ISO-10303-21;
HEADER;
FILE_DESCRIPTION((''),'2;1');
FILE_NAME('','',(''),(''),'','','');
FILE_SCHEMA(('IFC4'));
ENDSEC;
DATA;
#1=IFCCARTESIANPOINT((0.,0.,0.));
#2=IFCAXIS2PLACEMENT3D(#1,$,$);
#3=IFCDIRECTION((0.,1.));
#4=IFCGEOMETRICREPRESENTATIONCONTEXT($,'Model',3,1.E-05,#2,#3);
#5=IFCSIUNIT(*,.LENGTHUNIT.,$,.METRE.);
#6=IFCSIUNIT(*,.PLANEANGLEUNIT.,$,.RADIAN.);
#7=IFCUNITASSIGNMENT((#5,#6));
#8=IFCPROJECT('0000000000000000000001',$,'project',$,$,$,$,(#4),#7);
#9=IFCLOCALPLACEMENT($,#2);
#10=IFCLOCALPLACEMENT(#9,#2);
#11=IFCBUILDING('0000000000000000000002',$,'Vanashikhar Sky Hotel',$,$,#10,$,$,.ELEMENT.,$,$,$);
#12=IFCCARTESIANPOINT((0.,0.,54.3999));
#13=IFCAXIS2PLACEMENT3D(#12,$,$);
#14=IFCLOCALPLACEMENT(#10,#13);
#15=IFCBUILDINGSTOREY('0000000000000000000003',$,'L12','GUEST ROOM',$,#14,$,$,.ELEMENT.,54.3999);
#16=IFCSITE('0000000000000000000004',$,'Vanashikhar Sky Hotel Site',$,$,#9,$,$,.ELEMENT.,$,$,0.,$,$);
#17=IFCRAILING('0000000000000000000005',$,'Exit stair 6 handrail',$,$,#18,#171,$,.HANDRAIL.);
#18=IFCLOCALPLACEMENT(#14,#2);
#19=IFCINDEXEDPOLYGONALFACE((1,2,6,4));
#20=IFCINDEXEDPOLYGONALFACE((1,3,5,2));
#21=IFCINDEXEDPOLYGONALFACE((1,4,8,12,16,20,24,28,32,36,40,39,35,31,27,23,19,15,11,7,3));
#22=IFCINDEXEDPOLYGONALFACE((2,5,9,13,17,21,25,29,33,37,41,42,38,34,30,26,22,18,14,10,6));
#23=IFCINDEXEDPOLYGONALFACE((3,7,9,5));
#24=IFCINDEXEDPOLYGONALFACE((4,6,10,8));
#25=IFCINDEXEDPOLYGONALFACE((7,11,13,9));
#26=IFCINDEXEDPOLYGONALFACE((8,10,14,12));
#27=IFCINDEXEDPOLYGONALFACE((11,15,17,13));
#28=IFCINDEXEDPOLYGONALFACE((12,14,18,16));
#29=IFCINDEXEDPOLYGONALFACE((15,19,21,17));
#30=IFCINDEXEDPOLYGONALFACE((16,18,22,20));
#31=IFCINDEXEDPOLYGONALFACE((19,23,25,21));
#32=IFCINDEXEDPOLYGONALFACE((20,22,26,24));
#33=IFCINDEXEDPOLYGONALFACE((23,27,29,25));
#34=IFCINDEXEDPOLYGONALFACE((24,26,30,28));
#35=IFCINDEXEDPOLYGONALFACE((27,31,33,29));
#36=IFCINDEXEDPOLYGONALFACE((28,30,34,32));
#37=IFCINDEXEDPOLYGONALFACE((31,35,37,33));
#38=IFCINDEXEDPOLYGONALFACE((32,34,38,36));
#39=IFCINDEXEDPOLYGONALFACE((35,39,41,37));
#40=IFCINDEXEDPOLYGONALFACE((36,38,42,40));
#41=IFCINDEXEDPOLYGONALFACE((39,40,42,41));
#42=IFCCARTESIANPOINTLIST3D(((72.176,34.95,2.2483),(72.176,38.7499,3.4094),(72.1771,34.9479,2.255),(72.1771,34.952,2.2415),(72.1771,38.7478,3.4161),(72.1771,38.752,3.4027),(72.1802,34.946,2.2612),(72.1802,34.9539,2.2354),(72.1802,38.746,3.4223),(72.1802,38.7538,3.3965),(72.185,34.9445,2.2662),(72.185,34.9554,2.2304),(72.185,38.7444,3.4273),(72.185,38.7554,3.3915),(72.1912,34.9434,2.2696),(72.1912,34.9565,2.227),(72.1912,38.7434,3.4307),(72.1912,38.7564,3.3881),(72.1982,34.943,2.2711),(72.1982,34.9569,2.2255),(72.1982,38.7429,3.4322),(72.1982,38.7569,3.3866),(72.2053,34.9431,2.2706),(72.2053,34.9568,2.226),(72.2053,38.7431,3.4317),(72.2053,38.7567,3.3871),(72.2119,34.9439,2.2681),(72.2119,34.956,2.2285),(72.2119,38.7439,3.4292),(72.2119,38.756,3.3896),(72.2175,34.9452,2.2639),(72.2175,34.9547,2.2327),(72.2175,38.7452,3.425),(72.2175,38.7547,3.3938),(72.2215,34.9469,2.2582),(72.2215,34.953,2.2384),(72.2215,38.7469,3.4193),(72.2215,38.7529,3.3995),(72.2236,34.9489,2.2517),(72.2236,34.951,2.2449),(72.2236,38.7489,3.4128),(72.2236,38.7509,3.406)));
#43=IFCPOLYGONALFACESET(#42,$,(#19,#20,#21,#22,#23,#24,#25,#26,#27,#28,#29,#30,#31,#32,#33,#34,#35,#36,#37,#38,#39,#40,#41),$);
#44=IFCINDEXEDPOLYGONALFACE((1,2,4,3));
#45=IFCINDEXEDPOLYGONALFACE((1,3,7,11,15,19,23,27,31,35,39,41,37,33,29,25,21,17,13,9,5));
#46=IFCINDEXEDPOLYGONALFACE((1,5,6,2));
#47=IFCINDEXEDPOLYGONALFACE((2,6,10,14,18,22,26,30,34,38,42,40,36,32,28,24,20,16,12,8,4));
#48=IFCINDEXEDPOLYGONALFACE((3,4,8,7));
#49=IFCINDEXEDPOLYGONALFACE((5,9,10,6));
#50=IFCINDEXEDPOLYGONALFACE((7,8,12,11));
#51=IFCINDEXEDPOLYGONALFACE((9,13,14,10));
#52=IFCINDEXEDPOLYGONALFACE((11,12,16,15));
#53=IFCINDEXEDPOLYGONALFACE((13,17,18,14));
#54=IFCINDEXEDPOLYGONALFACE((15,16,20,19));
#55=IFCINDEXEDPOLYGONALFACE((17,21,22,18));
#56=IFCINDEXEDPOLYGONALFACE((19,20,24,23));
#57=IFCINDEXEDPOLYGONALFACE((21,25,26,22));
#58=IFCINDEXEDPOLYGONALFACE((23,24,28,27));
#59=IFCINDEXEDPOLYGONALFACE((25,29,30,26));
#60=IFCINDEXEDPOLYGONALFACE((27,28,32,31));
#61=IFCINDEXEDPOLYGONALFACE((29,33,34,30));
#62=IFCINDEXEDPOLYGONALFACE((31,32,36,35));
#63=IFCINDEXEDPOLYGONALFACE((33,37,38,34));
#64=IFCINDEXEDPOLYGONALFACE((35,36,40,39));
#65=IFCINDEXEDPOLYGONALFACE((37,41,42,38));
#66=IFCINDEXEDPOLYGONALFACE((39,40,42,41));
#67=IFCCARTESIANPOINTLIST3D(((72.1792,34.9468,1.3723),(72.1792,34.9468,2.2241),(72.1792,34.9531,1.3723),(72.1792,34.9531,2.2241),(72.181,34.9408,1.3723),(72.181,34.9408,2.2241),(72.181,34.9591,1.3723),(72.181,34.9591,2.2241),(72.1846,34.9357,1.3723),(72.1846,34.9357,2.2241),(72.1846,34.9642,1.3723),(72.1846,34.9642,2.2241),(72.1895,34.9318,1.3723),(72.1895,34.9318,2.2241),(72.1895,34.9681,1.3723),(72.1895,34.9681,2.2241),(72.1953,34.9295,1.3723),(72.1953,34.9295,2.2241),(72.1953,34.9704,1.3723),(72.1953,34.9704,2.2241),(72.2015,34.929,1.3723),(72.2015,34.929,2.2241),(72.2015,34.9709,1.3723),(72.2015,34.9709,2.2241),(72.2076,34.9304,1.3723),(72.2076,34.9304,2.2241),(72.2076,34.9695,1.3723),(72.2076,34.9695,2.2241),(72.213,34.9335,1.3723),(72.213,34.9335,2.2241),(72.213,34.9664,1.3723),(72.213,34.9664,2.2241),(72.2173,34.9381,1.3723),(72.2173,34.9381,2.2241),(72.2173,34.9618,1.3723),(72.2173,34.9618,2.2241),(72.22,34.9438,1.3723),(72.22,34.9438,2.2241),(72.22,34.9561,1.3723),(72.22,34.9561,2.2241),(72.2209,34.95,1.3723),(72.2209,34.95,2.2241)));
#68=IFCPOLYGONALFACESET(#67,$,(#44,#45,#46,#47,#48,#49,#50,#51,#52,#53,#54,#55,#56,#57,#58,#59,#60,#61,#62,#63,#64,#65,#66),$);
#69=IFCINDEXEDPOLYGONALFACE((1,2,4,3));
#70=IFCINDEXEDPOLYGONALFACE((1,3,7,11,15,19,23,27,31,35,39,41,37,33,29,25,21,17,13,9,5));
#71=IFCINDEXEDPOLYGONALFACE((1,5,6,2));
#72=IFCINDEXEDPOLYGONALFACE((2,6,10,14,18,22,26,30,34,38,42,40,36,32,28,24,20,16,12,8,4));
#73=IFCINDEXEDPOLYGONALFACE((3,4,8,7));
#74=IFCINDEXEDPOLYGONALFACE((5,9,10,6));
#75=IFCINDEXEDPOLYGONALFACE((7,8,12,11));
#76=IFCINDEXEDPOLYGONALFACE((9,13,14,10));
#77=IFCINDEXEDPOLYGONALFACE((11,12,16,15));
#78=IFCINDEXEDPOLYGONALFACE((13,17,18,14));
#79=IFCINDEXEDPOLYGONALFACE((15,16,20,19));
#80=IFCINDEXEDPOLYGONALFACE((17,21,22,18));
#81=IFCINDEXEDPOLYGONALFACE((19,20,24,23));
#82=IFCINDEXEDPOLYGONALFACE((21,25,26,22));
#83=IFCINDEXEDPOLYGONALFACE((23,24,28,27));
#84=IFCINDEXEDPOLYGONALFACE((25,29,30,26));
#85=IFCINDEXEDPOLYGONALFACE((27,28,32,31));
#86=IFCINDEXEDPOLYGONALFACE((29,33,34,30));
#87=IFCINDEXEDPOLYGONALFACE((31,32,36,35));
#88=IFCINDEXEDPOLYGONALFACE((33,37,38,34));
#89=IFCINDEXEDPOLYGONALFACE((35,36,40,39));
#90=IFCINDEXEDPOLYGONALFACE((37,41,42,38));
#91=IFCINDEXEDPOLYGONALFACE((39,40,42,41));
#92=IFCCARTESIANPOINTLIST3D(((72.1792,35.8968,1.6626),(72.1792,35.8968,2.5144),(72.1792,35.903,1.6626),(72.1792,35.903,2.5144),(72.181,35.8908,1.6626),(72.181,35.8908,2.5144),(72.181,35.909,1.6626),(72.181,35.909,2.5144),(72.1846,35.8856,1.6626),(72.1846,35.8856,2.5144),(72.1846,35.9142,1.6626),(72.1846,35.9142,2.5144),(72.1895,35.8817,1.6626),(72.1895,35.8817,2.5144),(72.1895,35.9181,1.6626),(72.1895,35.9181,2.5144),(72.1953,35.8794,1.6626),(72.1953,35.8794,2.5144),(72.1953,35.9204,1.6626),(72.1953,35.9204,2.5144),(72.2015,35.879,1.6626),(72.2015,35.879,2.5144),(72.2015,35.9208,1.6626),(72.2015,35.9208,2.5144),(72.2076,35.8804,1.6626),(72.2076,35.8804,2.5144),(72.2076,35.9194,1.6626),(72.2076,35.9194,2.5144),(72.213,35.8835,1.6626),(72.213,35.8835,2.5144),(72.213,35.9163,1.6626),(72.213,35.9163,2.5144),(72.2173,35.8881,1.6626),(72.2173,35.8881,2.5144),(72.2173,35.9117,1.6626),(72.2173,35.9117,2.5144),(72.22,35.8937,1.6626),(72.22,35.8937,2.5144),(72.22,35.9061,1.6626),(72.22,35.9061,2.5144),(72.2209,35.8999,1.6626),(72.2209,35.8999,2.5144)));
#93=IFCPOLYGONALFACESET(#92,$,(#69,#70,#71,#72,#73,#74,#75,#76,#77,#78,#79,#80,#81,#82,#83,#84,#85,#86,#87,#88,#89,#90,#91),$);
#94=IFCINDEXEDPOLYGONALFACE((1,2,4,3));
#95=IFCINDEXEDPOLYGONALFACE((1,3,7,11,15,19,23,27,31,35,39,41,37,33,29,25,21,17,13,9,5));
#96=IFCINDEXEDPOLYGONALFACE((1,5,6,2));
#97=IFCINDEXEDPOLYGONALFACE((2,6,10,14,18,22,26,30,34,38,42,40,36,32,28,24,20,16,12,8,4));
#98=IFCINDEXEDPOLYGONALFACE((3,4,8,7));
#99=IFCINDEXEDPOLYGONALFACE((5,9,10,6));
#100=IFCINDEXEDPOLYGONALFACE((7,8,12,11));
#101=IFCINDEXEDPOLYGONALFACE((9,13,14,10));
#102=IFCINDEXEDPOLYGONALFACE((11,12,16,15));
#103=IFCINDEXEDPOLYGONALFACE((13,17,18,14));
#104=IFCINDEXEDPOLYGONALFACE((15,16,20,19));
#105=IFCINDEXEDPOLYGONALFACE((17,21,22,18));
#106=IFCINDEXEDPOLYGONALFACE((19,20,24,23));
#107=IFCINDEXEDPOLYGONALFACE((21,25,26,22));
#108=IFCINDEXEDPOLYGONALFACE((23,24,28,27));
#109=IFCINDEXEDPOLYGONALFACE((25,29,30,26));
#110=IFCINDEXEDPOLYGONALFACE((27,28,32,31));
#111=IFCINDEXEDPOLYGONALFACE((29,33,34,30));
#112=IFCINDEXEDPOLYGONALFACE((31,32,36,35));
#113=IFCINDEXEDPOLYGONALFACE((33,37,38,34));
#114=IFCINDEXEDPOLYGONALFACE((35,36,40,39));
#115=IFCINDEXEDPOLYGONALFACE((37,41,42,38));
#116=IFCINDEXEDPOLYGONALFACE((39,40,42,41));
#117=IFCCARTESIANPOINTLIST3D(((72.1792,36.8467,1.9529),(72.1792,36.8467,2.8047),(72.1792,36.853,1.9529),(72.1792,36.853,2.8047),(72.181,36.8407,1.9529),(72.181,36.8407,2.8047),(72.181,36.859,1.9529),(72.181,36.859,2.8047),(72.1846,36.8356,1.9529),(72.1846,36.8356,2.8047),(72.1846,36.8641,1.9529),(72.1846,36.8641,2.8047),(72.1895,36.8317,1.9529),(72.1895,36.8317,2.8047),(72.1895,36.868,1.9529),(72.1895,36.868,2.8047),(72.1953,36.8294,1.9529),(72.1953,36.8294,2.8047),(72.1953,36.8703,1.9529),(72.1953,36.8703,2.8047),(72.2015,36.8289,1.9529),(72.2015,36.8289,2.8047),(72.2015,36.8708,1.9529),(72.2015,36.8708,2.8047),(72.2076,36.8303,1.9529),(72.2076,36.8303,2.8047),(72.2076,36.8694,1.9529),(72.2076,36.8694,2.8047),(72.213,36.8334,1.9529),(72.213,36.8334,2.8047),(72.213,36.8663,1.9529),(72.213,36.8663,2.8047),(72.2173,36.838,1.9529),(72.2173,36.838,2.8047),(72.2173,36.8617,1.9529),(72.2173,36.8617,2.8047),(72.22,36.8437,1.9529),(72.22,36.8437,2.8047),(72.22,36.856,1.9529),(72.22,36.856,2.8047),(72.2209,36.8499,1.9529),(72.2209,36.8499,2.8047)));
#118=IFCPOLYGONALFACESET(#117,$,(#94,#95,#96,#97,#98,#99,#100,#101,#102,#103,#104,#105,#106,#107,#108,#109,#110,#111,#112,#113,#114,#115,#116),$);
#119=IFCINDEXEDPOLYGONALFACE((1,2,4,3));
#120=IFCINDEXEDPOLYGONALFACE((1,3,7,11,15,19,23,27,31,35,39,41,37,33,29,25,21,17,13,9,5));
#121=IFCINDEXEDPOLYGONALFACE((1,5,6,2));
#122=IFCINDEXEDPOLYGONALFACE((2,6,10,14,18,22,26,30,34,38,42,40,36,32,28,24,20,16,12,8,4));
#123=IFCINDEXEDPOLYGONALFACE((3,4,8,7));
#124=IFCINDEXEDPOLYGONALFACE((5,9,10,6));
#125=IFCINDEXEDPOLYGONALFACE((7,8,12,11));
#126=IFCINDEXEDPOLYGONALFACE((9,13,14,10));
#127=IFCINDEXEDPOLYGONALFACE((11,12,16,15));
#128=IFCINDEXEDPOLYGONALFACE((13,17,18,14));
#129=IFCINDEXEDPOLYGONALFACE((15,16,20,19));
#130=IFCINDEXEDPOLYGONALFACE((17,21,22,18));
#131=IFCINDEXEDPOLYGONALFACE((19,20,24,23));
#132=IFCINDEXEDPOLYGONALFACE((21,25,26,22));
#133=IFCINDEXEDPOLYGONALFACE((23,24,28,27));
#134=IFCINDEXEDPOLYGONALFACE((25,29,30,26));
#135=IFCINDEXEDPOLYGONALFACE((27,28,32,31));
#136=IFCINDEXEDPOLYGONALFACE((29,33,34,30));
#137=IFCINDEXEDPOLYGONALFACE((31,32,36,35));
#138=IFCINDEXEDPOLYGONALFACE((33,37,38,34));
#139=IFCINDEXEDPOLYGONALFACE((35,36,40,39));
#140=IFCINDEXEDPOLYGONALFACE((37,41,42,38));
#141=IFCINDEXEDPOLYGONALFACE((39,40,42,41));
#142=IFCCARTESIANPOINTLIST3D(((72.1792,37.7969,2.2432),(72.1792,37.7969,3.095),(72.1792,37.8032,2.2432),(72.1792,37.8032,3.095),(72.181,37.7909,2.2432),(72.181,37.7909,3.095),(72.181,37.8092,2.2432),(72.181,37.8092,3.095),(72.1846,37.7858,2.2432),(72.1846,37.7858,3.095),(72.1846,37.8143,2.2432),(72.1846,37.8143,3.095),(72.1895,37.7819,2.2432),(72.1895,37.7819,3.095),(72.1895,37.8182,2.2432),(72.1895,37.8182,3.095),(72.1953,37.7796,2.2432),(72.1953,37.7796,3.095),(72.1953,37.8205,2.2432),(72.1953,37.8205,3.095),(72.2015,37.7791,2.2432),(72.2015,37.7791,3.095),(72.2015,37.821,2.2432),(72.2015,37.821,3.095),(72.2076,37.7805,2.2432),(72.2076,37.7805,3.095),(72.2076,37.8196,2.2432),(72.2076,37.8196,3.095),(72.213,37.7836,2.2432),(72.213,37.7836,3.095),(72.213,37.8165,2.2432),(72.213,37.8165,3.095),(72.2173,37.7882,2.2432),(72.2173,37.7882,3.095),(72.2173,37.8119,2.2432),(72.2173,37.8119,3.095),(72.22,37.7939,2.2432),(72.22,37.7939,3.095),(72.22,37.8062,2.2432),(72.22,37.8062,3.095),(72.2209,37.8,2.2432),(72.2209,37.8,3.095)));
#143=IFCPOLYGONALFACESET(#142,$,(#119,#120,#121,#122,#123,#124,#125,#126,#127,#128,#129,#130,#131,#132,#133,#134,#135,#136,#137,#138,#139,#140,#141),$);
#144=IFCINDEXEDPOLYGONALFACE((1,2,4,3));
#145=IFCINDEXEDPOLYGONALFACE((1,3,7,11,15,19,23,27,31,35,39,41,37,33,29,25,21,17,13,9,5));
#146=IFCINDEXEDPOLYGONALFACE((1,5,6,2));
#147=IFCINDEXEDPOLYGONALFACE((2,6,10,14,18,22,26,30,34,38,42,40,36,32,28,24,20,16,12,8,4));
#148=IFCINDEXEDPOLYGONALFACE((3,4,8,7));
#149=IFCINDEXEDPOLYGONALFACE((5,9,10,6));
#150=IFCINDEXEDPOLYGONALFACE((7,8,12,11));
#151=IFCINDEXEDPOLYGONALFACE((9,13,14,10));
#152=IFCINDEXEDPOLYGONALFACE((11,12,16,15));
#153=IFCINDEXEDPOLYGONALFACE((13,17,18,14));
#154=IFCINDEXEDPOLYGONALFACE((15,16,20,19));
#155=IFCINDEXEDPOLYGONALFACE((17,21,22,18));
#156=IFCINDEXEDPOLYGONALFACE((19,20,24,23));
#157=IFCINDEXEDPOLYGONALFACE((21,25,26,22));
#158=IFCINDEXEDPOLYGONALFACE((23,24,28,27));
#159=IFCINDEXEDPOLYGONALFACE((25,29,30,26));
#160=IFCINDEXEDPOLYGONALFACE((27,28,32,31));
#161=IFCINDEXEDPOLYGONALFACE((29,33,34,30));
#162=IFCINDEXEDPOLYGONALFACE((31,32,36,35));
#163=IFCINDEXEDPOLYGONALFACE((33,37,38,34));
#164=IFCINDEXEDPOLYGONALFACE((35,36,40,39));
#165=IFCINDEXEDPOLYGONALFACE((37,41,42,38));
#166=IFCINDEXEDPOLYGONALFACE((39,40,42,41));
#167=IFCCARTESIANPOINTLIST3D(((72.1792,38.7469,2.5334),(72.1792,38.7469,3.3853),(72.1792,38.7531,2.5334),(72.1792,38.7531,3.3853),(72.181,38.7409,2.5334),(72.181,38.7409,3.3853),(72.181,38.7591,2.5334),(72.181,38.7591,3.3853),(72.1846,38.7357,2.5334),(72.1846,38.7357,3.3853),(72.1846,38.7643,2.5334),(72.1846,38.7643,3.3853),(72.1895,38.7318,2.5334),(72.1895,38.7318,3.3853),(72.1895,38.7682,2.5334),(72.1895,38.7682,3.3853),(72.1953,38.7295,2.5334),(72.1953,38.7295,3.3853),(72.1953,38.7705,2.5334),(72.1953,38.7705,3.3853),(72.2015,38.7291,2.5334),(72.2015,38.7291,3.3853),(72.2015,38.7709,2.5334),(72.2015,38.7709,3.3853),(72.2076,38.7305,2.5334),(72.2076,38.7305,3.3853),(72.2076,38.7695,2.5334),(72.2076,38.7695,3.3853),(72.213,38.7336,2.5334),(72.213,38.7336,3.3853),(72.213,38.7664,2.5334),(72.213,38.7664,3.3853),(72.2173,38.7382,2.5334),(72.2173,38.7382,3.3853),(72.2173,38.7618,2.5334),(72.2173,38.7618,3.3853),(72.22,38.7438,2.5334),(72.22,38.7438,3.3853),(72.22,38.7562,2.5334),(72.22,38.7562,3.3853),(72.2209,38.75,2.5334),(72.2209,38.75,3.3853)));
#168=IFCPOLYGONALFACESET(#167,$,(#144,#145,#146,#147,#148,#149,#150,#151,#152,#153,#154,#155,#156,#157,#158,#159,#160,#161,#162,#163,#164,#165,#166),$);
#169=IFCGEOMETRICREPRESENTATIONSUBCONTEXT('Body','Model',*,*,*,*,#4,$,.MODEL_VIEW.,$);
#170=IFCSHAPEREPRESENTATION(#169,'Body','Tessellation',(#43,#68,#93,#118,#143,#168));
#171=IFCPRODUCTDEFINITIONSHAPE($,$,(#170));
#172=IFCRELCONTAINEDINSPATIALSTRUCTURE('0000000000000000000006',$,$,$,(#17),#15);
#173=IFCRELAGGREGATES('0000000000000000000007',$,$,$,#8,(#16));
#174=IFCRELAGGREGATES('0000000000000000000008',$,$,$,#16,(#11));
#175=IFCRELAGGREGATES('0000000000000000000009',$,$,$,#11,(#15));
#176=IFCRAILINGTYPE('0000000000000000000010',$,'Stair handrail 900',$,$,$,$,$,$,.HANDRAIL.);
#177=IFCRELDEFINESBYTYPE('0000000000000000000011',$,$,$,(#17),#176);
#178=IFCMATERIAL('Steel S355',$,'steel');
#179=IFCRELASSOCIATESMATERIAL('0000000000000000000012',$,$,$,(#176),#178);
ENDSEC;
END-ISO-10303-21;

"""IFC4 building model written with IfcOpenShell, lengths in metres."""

from ifc_helpers import new_model, si_unit, direction, frame, origin, origin_2d, place, context, subcontext, project, spatial, circle, extrude, source, transform, mapped, material, type_object, element, save


model = new_model("IFC4")

# Units and contexts
model_context = context("Model", 3, precision=1e-05, world=origin(), true_north=direction((0.0, 1.0)))
body_context = subcontext(model_context, "Body", "Model", "MODEL_VIEW")
ifc_project = project(units=[si_unit("LENGTHUNIT", "METRE"), si_unit("PLANEANGLEUNIT", "RADIAN")], contexts=[model_context])

# Site, building, storey
site_placement = place(None, origin())
site = spatial("IfcSite", under=ifc_project, at=site_placement, Name="Vanashikhar Sky Hotel Site", CompositionType="ELEMENT", RefElevation=0.0)
building_placement = place(site_placement, origin())
building = spatial("IfcBuilding", under=site, at=building_placement, Name="Vanashikhar Sky Hotel", CompositionType="ELEMENT")
storey_placement = place(building_placement, frame((0.0, 0.0, 54.3999)))
storey = spatial("IfcBuildingStorey", under=building, at=storey_placement, Name="L12", Description="GUEST ROOM", CompositionType="ELEMENT", Elevation=54.3999)

# Railing
ifc_material_1 = material(Name="Steel S355", Category="steel")
railing_type_1 = type_object("IfcRailingType", Name="Stair handrail 900", PredefinedType="HANDRAIL", material=ifc_material_1)
shared_shape_1 = source(origin(), body_context, "Body", "SweptSolid", [
    extrude(circle(Radius=0.0239, at=origin_2d()), frame((0.0, 0.0, 0.876), z_axis=(0.0, 0.956351, 0.29222), x_axis=(-1.0, 0.0, 0.0)), (0.0, 0.0, 1.0), 3.9734),
    extrude(circle(Radius=0.021, at=origin_2d()), origin(), (0.0, 0.0, 1.0), 0.8518),
    extrude(circle(Radius=0.021, at=origin_2d()), frame((0.0, 0.95, 0.2903)), (0.0, 0.0, 1.0), 0.8518),
    extrude(circle(Radius=0.021, at=origin_2d()), frame((0.0, 1.8999, 0.5806)), (0.0, 0.0, 1.0), 0.8518),
    extrude(circle(Radius=0.021, at=origin_2d()), frame((0.0, 2.8501, 0.8708)), (0.0, 0.0, 1.0), 0.8518),
    extrude(circle(Radius=0.021, at=origin_2d()), frame((0.0, 3.8, 1.1611)), (0.0, 0.0, 1.0), 0.8518),
])
for number, where, name in (
    (1, (72.2, 34.95, 1.3723), "Exit stair 6 handrail"),
):
    element("IfcRailing", number, at=place(storey_placement, frame(where)), inside=storey, type_object=railing_type_1, Name=name, PredefinedType="HANDRAIL", context=body_context, shape_type="MappedRepresentation", body=[
        mapped(shared_shape_1, transform((0.0, 0.0, 0.0), scale=1.0)),
    ])

save(model, "model.ifc")
